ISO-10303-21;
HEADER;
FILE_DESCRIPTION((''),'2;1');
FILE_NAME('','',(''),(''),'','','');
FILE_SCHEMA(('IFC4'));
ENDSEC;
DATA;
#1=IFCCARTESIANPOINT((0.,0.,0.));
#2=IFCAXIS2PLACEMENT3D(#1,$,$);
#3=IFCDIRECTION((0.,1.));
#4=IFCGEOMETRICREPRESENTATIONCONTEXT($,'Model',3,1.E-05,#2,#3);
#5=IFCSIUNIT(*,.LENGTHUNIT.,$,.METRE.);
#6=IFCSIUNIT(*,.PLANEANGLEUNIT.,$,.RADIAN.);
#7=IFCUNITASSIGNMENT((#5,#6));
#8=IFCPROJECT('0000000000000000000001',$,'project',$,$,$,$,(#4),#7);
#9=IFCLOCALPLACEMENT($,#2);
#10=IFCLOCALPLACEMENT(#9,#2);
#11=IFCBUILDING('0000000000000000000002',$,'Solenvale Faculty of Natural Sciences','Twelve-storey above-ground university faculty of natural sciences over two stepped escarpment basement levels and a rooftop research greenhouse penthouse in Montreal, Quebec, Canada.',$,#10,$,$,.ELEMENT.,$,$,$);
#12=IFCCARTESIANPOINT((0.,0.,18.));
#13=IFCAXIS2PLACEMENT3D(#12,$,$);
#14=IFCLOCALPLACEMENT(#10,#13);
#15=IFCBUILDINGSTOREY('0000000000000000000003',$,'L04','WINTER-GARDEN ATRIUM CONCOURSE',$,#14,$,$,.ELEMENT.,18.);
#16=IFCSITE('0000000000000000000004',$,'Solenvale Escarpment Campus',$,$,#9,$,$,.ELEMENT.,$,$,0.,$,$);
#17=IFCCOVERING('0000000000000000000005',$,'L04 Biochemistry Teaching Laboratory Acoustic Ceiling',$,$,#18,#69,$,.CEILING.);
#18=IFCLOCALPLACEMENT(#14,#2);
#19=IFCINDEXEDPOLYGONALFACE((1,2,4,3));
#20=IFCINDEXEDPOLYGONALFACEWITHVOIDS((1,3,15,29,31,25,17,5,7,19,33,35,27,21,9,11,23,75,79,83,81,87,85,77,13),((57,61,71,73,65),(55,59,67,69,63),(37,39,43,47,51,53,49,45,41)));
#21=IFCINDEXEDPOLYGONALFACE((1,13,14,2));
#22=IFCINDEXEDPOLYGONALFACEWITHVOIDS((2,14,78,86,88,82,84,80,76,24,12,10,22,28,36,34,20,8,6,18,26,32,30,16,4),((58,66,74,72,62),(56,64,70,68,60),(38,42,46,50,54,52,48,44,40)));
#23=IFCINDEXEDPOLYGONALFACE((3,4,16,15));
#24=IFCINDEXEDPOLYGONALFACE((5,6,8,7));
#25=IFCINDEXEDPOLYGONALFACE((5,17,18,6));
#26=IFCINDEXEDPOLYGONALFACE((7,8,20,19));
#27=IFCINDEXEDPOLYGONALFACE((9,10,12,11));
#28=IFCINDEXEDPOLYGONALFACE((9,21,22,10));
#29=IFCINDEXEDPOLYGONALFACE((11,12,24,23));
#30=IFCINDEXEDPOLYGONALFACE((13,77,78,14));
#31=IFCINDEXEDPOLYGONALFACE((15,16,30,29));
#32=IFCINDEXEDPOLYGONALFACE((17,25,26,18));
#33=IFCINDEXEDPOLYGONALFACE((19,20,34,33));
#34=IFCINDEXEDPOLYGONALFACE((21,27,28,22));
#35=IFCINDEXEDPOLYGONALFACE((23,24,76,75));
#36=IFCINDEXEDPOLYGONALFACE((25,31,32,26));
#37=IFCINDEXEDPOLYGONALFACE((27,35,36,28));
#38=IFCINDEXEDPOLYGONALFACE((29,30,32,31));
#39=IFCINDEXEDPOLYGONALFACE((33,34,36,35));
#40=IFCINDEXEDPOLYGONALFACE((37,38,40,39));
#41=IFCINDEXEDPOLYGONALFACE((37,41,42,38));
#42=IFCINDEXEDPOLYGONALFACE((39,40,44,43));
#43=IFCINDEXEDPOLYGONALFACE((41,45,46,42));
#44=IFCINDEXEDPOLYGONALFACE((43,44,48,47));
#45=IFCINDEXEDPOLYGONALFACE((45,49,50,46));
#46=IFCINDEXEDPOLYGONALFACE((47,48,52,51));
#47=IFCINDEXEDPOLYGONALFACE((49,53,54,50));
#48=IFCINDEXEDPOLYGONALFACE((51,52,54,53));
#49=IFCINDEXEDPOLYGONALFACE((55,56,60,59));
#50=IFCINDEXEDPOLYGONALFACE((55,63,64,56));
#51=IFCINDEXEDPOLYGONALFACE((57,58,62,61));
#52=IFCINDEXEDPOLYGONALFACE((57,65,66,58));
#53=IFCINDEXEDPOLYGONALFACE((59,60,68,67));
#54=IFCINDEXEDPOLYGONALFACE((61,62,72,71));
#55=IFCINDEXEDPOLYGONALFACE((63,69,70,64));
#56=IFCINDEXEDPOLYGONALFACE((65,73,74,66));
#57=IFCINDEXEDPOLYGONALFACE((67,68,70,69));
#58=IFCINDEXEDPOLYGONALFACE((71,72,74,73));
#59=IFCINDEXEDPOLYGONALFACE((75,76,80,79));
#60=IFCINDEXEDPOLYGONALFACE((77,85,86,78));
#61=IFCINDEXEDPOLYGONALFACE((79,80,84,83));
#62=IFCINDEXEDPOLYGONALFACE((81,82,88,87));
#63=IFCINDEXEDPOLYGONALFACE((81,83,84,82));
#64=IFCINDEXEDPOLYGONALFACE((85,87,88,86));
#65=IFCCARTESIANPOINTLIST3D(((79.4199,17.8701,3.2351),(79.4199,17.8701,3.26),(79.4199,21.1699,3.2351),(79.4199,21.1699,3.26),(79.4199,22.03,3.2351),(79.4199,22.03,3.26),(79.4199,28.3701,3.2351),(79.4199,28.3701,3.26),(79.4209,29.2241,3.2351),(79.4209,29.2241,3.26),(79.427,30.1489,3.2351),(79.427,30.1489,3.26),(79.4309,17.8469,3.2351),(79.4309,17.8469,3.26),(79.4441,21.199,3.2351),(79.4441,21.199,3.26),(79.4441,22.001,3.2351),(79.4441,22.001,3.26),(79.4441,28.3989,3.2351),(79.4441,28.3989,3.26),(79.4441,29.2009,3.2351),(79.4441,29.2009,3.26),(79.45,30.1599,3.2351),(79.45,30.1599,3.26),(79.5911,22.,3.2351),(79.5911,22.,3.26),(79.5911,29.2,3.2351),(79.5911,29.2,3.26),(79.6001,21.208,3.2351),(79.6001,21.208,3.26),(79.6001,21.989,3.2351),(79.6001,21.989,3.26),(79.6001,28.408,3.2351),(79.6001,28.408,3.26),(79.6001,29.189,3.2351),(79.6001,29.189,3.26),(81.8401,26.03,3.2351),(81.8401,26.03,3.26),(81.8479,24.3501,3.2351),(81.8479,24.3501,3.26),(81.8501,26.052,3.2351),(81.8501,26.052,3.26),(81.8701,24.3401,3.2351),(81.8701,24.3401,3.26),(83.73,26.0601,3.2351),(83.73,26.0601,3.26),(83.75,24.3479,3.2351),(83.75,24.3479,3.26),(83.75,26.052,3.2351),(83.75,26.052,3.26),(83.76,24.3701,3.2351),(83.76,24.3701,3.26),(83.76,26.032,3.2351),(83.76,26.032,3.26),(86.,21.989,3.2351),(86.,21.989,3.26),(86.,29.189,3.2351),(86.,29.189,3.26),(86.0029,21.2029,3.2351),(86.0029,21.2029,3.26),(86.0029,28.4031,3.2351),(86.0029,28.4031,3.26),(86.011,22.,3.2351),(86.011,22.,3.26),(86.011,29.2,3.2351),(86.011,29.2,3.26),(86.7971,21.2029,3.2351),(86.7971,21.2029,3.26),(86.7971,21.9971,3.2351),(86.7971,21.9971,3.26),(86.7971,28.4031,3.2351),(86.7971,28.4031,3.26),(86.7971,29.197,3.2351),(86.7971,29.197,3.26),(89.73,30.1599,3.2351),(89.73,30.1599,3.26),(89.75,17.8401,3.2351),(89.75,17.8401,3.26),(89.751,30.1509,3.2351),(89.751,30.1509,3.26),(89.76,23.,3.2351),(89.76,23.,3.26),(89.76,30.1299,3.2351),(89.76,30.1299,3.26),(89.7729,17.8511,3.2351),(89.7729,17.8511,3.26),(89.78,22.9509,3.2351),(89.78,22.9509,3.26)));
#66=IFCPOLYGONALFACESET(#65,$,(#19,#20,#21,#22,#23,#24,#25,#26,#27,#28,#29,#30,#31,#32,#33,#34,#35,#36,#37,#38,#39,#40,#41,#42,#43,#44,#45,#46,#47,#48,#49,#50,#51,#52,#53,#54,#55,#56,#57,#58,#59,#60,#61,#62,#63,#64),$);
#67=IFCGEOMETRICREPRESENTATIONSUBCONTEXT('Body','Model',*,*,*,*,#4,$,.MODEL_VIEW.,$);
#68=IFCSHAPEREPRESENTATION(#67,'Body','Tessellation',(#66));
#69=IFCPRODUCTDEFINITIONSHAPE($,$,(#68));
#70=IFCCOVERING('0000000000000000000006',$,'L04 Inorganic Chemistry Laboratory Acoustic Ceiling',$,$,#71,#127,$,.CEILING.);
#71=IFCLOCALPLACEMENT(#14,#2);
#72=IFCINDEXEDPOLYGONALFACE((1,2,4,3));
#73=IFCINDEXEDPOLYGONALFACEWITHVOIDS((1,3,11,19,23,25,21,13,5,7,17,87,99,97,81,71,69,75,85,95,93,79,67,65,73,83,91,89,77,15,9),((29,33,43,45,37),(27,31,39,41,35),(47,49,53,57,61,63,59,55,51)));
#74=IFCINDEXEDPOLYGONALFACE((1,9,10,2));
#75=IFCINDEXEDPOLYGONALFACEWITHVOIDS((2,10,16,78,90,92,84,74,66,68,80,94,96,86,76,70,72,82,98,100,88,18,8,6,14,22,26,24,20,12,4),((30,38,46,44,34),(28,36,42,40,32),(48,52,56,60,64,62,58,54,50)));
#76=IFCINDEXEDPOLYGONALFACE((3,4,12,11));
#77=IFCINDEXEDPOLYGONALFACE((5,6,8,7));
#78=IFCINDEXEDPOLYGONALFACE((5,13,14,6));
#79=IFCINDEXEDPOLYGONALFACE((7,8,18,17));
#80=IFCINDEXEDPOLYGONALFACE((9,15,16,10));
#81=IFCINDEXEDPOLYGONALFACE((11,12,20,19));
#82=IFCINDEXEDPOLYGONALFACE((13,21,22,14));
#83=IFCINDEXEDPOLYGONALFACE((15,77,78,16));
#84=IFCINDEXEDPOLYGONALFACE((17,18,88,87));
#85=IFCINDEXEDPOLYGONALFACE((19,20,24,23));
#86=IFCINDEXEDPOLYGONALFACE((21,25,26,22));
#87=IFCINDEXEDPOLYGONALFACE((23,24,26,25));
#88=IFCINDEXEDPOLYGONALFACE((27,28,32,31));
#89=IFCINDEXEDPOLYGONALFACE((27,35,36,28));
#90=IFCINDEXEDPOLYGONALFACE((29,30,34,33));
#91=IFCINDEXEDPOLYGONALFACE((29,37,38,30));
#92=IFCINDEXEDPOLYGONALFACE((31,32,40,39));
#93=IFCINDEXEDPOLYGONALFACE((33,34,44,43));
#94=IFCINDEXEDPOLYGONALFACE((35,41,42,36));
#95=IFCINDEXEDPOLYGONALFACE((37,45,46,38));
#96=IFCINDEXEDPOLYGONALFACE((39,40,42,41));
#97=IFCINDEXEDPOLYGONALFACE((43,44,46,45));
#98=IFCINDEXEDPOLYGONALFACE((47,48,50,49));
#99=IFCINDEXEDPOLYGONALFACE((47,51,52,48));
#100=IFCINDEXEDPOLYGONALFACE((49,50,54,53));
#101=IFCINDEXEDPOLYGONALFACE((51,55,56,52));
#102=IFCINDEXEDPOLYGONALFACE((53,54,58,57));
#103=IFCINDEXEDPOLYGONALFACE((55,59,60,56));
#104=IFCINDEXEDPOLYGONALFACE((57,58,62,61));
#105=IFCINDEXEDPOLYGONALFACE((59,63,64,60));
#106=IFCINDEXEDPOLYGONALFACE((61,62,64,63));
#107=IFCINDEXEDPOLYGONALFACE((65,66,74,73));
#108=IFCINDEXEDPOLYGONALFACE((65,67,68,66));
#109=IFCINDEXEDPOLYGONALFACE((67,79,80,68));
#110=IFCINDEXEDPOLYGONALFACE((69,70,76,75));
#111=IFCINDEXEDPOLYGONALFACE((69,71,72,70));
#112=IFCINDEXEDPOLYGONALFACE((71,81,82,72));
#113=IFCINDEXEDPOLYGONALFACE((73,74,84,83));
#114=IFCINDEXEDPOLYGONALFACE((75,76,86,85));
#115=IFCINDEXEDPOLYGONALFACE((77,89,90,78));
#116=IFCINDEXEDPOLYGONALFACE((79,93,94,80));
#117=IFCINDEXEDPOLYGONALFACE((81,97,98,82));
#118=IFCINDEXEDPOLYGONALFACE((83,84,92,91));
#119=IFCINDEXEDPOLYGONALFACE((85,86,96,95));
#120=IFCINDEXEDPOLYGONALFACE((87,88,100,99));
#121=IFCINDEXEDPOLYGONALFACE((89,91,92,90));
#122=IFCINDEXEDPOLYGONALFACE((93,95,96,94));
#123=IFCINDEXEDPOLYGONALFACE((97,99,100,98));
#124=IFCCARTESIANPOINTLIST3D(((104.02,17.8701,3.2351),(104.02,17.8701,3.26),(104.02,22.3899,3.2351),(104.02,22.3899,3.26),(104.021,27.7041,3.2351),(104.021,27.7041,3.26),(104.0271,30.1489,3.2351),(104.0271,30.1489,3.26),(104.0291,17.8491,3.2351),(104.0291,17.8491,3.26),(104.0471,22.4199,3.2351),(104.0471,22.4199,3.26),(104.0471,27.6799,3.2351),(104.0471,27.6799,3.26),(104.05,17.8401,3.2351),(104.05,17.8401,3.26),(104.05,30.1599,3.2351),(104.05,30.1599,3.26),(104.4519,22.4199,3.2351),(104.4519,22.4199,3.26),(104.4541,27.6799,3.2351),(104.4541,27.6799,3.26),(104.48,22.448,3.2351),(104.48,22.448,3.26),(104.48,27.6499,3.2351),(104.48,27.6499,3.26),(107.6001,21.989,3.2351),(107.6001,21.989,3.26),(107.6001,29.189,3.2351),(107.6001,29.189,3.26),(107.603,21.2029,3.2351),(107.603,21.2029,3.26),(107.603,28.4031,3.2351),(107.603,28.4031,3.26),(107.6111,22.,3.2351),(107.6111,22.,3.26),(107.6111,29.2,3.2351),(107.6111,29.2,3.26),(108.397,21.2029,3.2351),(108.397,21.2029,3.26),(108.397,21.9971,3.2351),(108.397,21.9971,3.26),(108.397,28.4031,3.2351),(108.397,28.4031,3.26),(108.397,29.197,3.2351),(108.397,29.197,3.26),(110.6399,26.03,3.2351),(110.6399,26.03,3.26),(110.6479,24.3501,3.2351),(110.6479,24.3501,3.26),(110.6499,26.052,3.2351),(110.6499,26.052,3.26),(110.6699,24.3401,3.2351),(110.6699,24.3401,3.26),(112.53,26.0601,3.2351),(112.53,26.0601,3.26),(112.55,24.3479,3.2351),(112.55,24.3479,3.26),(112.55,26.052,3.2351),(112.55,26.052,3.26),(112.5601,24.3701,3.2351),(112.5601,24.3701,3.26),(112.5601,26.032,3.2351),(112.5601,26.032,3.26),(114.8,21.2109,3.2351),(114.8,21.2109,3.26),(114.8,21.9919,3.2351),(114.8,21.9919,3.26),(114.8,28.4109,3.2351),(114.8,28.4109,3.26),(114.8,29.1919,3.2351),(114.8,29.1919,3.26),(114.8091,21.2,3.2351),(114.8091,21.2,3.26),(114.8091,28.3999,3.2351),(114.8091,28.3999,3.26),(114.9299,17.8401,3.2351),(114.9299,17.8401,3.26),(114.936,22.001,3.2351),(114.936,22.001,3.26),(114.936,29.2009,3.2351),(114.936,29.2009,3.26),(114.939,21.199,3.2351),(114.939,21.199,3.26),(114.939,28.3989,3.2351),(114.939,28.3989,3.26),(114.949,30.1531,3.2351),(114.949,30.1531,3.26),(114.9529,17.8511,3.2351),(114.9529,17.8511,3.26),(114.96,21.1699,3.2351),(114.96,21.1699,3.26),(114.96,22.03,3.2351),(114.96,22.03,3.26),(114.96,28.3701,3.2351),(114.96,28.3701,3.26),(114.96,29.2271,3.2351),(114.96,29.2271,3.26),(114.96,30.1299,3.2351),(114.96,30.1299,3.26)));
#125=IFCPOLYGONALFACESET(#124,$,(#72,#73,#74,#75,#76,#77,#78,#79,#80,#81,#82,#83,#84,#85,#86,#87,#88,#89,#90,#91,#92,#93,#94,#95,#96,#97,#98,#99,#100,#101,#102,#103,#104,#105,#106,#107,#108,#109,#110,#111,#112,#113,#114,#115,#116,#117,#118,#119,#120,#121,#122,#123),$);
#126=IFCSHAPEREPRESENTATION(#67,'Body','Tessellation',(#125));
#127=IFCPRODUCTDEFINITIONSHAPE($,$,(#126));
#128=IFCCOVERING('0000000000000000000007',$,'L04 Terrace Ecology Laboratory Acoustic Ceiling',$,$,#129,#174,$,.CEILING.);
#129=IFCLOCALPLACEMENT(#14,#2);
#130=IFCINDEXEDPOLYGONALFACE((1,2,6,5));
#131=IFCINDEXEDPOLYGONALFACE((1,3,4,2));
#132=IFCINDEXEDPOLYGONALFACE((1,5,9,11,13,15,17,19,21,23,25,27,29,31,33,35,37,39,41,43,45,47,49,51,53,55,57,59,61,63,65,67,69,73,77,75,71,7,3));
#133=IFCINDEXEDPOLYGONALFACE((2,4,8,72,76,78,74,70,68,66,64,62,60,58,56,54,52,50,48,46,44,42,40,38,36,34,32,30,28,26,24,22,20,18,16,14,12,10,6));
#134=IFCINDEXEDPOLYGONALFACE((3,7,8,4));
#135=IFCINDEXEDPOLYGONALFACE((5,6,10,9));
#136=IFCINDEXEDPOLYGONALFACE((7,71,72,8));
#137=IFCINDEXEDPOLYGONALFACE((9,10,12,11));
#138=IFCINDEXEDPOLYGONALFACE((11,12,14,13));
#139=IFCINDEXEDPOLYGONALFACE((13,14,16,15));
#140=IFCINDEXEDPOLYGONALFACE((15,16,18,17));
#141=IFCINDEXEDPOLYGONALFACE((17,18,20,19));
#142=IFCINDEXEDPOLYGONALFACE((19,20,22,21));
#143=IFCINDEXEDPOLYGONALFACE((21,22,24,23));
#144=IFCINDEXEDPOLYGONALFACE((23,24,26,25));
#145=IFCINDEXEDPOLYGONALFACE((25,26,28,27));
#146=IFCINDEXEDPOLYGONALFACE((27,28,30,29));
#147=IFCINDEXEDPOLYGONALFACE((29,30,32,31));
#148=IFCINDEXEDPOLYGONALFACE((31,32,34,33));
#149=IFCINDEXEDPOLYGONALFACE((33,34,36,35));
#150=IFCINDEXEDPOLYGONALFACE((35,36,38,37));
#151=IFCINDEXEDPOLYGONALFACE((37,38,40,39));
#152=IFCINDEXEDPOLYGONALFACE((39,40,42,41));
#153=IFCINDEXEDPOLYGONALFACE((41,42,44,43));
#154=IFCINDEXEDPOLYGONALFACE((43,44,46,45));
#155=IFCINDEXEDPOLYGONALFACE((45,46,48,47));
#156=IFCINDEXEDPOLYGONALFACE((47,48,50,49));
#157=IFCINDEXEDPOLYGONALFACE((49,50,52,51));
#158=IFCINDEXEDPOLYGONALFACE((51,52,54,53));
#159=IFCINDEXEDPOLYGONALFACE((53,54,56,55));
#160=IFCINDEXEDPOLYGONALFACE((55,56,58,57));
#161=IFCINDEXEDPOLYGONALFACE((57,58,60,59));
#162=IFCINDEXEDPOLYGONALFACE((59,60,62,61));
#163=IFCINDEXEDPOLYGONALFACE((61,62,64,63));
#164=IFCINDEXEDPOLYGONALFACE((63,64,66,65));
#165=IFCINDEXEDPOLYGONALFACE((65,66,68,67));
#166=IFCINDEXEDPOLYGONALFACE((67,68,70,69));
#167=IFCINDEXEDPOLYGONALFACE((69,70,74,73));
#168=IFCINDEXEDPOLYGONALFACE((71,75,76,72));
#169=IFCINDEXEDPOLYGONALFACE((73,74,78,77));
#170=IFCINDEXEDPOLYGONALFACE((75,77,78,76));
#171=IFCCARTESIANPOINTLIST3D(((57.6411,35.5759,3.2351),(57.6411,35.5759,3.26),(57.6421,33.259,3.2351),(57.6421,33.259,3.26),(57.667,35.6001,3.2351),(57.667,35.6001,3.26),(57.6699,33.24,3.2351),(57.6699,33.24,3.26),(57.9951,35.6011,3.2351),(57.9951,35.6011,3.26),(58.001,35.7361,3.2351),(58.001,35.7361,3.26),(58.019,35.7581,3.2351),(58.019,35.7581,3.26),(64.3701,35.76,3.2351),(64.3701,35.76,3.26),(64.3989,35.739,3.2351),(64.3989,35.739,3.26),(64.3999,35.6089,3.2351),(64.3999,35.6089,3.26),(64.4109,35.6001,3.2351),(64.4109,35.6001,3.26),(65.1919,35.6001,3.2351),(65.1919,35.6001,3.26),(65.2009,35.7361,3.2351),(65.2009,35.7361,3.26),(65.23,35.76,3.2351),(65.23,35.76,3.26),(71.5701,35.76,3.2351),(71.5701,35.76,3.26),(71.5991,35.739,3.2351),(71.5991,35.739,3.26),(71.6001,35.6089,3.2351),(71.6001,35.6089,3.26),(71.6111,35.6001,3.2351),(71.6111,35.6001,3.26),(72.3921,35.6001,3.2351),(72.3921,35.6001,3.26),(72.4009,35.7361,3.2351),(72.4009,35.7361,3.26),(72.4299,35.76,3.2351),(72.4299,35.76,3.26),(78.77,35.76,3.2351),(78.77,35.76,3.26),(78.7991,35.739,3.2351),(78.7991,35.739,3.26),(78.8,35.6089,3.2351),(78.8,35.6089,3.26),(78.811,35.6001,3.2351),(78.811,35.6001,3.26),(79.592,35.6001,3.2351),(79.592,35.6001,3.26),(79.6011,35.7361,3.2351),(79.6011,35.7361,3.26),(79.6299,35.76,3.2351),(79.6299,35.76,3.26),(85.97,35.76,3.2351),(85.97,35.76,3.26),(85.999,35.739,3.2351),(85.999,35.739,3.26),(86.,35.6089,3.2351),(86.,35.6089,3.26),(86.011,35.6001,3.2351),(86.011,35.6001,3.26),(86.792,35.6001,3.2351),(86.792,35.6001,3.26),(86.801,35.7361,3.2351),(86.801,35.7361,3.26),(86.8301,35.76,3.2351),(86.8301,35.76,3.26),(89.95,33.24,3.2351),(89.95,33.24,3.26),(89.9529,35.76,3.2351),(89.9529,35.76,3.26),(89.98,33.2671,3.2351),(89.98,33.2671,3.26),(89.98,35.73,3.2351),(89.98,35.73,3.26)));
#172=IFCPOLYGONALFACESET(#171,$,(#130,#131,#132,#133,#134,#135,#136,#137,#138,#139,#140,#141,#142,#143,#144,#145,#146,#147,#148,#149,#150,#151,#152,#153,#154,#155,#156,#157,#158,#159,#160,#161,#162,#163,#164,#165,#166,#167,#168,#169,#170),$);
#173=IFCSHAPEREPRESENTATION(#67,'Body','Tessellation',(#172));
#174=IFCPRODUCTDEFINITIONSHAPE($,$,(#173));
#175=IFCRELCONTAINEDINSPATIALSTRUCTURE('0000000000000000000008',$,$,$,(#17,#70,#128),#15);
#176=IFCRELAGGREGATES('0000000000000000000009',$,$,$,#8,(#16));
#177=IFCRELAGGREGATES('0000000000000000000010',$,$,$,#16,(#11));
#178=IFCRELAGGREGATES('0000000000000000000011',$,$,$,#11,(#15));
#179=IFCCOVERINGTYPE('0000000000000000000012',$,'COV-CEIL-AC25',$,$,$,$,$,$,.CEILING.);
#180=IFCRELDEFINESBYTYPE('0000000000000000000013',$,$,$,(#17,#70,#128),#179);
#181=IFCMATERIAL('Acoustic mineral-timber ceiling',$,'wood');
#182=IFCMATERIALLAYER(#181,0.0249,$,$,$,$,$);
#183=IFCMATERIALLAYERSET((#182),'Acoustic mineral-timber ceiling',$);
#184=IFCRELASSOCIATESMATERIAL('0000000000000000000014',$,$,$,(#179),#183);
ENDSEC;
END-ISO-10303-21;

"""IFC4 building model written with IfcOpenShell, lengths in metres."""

from ifc_helpers import new_model, si_unit, direction, frame, origin, place, context, subcontext, project, spatial, polyline, outline, extrude, material, layer, layer_set, type_object, element, save


model = new_model("IFC4")

# Units and contexts
model_context = context("Model", 3, precision=1e-05, world=origin(), true_north=direction((0.0, 1.0)))
body_context = subcontext(model_context, "Body", "Model", "MODEL_VIEW")
ifc_project = project(units=[si_unit("LENGTHUNIT", "METRE"), si_unit("PLANEANGLEUNIT", "RADIAN")], contexts=[model_context])

# Site, building, storey
site_placement = place(None, origin())
site = spatial("IfcSite", under=ifc_project, at=site_placement, Name="Solenvale Escarpment Campus", CompositionType="ELEMENT", RefElevation=0.0)
building_placement = place(site_placement, origin())
building = spatial("IfcBuilding", under=site, at=building_placement, Name="Solenvale Faculty of Natural Sciences", Description="Twelve-storey above-ground university faculty of natural sciences over two stepped escarpment basement levels and a rooftop research greenhouse penthouse in Montreal, Quebec, Canada.", CompositionType="ELEMENT")
storey_placement = place(building_placement, frame((0.0, 0.0, 18.0)))
storey = spatial("IfcBuildingStorey", under=building, at=storey_placement, Name="L04", Description="WINTER-GARDEN ATRIUM CONCOURSE", CompositionType="ELEMENT", Elevation=18.0)

# Coverings
ifc_material_1 = material(Name="Acoustic mineral-timber ceiling", Category="wood")
ifc_layer_1 = layer(ifc_material_1, 0.0249)
ifc_layer_set_1 = layer_set([ifc_layer_1], Name="Acoustic mineral-timber ceiling")
covering_type_1 = type_object("IfcCoveringType", Name="COV-CEIL-AC25", PredefinedType="CEILING", material=ifc_layer_set_1)
covering_1_placement = place(storey_placement, frame((0.0, 0.0, 3.2351)))
element("IfcCovering", 1, at=covering_1_placement, inside=storey, type_object=covering_type_1, Name="L04 Biochemistry Teaching Laboratory Acoustic Ceiling", PredefinedType="CEILING", context=body_context, shape_type="SweptSolid", body=[
    extrude(outline(polyline([(89.73, 30.1599), (89.751, 30.1509), (89.76, 30.1299), (89.76, 23.0), (89.78, 22.9509), (89.7729, 17.8511), (89.75, 17.8401), (79.4309, 17.8469), (79.4199, 17.8701), (79.4199, 21.1699), (79.4441, 21.199), (79.6001, 21.208), (79.6001, 21.989), (79.5911, 22.0), (79.4441, 22.001), (79.4199, 22.03), (79.4199, 28.3701), (79.4441, 28.3989), (79.6001, 28.408), (79.6001, 29.189), (79.5911, 29.2), (79.4441, 29.2009), (79.4209, 29.2241), (79.427, 30.1489), (79.45, 30.1599), (89.73, 30.1599)]), holes=[polyline([(86.011, 22.0), (86.0, 21.989), (86.0029, 21.2029), (86.7971, 21.2029), (86.7971, 21.9971), (86.011, 22.0)]), polyline([(86.011, 29.2), (86.0, 29.189), (86.0029, 28.4031), (86.7971, 28.4031), (86.7971, 29.197), (86.011, 29.2)]), polyline([(83.76, 26.032), (83.75, 26.052), (83.73, 26.0601), (81.8501, 26.052), (81.8401, 26.03), (81.8479, 24.3501), (81.8701, 24.3401), (83.75, 24.3479), (83.76, 24.3701), (83.76, 26.032)])]), origin(), (0.0, 0.0, 1.0), 0.0249),
])
covering_2_placement = place(storey_placement, frame((0.0, 0.0, 3.2351)))
element("IfcCovering", 2, at=covering_2_placement, inside=storey, type_object=covering_type_1, Name="L04 Inorganic Chemistry Laboratory Acoustic Ceiling", PredefinedType="CEILING", context=body_context, shape_type="SweptSolid", body=[
    extrude(outline(polyline([(104.05, 17.8401), (104.0291, 17.8491), (104.02, 17.8701), (104.02, 22.3899), (104.0471, 22.4199), (104.4519, 22.4199), (104.48, 22.448), (104.48, 27.6499), (104.4541, 27.6799), (104.0471, 27.6799), (104.021, 27.7041), (104.0271, 30.1489), (104.05, 30.1599), (114.949, 30.1531), (114.96, 30.1299), (114.96, 29.2271), (114.936, 29.2009), (114.8, 29.1919), (114.8, 28.4109), (114.8091, 28.3999), (114.939, 28.3989), (114.96, 28.3701), (114.96, 22.03), (114.936, 22.001), (114.8, 21.9919), (114.8, 21.2109), (114.8091, 21.2), (114.939, 21.199), (114.96, 21.1699), (114.9529, 17.8511), (114.9299, 17.8401), (104.05, 17.8401)]), holes=[polyline([(112.5601, 26.032), (112.55, 26.052), (112.53, 26.0601), (110.6499, 26.052), (110.6399, 26.03), (110.6479, 24.3501), (110.6699, 24.3401), (112.55, 24.3479), (112.5601, 24.3701), (112.5601, 26.032)]), polyline([(107.6111, 22.0), (107.6001, 21.989), (107.603, 21.2029), (108.397, 21.2029), (108.397, 21.9971), (107.6111, 22.0)]), polyline([(107.6111, 29.2), (107.6001, 29.189), (107.603, 28.4031), (108.397, 28.4031), (108.397, 29.197), (107.6111, 29.2)])]), origin(), (0.0, 0.0, 1.0), 0.0249),
])
covering_3_placement = place(storey_placement, frame((0.0, 0.0, 3.2351)))
element("IfcCovering", 3, at=covering_3_placement, inside=storey, type_object=covering_type_1, Name="L04 Terrace Ecology Laboratory Acoustic Ceiling", PredefinedType="CEILING", context=body_context, shape_type="SweptSolid", body=[
    extrude(outline(polyline([(64.3701, 35.76), (64.3989, 35.739), (64.3999, 35.6089), (64.4109, 35.6001), (65.1919, 35.6001), (65.2009, 35.7361), (65.23, 35.76), (71.5701, 35.76), (71.5991, 35.739), (71.6001, 35.6089), (71.6111, 35.6001), (72.3921, 35.6001), (72.4009, 35.7361), (72.4299, 35.76), (78.77, 35.76), (78.7991, 35.739), (78.8, 35.6089), (78.811, 35.6001), (79.592, 35.6001), (79.6011, 35.7361), (79.6299, 35.76), (85.97, 35.76), (85.999, 35.739), (86.0, 35.6089), (86.011, 35.6001), (86.792, 35.6001), (86.801, 35.7361), (86.8301, 35.76), (89.9529, 35.76), (89.98, 35.73), (89.98, 33.2671), (89.95, 33.24), (57.6699, 33.24), (57.6421, 33.259), (57.6411, 35.5759), (57.667, 35.6001), (57.9951, 35.6011), (58.001, 35.7361), (58.019, 35.7581), (64.3701, 35.76)])), origin(), (0.0, 0.0, 1.0), 0.0249),
])

save(model, "model.ifc")
